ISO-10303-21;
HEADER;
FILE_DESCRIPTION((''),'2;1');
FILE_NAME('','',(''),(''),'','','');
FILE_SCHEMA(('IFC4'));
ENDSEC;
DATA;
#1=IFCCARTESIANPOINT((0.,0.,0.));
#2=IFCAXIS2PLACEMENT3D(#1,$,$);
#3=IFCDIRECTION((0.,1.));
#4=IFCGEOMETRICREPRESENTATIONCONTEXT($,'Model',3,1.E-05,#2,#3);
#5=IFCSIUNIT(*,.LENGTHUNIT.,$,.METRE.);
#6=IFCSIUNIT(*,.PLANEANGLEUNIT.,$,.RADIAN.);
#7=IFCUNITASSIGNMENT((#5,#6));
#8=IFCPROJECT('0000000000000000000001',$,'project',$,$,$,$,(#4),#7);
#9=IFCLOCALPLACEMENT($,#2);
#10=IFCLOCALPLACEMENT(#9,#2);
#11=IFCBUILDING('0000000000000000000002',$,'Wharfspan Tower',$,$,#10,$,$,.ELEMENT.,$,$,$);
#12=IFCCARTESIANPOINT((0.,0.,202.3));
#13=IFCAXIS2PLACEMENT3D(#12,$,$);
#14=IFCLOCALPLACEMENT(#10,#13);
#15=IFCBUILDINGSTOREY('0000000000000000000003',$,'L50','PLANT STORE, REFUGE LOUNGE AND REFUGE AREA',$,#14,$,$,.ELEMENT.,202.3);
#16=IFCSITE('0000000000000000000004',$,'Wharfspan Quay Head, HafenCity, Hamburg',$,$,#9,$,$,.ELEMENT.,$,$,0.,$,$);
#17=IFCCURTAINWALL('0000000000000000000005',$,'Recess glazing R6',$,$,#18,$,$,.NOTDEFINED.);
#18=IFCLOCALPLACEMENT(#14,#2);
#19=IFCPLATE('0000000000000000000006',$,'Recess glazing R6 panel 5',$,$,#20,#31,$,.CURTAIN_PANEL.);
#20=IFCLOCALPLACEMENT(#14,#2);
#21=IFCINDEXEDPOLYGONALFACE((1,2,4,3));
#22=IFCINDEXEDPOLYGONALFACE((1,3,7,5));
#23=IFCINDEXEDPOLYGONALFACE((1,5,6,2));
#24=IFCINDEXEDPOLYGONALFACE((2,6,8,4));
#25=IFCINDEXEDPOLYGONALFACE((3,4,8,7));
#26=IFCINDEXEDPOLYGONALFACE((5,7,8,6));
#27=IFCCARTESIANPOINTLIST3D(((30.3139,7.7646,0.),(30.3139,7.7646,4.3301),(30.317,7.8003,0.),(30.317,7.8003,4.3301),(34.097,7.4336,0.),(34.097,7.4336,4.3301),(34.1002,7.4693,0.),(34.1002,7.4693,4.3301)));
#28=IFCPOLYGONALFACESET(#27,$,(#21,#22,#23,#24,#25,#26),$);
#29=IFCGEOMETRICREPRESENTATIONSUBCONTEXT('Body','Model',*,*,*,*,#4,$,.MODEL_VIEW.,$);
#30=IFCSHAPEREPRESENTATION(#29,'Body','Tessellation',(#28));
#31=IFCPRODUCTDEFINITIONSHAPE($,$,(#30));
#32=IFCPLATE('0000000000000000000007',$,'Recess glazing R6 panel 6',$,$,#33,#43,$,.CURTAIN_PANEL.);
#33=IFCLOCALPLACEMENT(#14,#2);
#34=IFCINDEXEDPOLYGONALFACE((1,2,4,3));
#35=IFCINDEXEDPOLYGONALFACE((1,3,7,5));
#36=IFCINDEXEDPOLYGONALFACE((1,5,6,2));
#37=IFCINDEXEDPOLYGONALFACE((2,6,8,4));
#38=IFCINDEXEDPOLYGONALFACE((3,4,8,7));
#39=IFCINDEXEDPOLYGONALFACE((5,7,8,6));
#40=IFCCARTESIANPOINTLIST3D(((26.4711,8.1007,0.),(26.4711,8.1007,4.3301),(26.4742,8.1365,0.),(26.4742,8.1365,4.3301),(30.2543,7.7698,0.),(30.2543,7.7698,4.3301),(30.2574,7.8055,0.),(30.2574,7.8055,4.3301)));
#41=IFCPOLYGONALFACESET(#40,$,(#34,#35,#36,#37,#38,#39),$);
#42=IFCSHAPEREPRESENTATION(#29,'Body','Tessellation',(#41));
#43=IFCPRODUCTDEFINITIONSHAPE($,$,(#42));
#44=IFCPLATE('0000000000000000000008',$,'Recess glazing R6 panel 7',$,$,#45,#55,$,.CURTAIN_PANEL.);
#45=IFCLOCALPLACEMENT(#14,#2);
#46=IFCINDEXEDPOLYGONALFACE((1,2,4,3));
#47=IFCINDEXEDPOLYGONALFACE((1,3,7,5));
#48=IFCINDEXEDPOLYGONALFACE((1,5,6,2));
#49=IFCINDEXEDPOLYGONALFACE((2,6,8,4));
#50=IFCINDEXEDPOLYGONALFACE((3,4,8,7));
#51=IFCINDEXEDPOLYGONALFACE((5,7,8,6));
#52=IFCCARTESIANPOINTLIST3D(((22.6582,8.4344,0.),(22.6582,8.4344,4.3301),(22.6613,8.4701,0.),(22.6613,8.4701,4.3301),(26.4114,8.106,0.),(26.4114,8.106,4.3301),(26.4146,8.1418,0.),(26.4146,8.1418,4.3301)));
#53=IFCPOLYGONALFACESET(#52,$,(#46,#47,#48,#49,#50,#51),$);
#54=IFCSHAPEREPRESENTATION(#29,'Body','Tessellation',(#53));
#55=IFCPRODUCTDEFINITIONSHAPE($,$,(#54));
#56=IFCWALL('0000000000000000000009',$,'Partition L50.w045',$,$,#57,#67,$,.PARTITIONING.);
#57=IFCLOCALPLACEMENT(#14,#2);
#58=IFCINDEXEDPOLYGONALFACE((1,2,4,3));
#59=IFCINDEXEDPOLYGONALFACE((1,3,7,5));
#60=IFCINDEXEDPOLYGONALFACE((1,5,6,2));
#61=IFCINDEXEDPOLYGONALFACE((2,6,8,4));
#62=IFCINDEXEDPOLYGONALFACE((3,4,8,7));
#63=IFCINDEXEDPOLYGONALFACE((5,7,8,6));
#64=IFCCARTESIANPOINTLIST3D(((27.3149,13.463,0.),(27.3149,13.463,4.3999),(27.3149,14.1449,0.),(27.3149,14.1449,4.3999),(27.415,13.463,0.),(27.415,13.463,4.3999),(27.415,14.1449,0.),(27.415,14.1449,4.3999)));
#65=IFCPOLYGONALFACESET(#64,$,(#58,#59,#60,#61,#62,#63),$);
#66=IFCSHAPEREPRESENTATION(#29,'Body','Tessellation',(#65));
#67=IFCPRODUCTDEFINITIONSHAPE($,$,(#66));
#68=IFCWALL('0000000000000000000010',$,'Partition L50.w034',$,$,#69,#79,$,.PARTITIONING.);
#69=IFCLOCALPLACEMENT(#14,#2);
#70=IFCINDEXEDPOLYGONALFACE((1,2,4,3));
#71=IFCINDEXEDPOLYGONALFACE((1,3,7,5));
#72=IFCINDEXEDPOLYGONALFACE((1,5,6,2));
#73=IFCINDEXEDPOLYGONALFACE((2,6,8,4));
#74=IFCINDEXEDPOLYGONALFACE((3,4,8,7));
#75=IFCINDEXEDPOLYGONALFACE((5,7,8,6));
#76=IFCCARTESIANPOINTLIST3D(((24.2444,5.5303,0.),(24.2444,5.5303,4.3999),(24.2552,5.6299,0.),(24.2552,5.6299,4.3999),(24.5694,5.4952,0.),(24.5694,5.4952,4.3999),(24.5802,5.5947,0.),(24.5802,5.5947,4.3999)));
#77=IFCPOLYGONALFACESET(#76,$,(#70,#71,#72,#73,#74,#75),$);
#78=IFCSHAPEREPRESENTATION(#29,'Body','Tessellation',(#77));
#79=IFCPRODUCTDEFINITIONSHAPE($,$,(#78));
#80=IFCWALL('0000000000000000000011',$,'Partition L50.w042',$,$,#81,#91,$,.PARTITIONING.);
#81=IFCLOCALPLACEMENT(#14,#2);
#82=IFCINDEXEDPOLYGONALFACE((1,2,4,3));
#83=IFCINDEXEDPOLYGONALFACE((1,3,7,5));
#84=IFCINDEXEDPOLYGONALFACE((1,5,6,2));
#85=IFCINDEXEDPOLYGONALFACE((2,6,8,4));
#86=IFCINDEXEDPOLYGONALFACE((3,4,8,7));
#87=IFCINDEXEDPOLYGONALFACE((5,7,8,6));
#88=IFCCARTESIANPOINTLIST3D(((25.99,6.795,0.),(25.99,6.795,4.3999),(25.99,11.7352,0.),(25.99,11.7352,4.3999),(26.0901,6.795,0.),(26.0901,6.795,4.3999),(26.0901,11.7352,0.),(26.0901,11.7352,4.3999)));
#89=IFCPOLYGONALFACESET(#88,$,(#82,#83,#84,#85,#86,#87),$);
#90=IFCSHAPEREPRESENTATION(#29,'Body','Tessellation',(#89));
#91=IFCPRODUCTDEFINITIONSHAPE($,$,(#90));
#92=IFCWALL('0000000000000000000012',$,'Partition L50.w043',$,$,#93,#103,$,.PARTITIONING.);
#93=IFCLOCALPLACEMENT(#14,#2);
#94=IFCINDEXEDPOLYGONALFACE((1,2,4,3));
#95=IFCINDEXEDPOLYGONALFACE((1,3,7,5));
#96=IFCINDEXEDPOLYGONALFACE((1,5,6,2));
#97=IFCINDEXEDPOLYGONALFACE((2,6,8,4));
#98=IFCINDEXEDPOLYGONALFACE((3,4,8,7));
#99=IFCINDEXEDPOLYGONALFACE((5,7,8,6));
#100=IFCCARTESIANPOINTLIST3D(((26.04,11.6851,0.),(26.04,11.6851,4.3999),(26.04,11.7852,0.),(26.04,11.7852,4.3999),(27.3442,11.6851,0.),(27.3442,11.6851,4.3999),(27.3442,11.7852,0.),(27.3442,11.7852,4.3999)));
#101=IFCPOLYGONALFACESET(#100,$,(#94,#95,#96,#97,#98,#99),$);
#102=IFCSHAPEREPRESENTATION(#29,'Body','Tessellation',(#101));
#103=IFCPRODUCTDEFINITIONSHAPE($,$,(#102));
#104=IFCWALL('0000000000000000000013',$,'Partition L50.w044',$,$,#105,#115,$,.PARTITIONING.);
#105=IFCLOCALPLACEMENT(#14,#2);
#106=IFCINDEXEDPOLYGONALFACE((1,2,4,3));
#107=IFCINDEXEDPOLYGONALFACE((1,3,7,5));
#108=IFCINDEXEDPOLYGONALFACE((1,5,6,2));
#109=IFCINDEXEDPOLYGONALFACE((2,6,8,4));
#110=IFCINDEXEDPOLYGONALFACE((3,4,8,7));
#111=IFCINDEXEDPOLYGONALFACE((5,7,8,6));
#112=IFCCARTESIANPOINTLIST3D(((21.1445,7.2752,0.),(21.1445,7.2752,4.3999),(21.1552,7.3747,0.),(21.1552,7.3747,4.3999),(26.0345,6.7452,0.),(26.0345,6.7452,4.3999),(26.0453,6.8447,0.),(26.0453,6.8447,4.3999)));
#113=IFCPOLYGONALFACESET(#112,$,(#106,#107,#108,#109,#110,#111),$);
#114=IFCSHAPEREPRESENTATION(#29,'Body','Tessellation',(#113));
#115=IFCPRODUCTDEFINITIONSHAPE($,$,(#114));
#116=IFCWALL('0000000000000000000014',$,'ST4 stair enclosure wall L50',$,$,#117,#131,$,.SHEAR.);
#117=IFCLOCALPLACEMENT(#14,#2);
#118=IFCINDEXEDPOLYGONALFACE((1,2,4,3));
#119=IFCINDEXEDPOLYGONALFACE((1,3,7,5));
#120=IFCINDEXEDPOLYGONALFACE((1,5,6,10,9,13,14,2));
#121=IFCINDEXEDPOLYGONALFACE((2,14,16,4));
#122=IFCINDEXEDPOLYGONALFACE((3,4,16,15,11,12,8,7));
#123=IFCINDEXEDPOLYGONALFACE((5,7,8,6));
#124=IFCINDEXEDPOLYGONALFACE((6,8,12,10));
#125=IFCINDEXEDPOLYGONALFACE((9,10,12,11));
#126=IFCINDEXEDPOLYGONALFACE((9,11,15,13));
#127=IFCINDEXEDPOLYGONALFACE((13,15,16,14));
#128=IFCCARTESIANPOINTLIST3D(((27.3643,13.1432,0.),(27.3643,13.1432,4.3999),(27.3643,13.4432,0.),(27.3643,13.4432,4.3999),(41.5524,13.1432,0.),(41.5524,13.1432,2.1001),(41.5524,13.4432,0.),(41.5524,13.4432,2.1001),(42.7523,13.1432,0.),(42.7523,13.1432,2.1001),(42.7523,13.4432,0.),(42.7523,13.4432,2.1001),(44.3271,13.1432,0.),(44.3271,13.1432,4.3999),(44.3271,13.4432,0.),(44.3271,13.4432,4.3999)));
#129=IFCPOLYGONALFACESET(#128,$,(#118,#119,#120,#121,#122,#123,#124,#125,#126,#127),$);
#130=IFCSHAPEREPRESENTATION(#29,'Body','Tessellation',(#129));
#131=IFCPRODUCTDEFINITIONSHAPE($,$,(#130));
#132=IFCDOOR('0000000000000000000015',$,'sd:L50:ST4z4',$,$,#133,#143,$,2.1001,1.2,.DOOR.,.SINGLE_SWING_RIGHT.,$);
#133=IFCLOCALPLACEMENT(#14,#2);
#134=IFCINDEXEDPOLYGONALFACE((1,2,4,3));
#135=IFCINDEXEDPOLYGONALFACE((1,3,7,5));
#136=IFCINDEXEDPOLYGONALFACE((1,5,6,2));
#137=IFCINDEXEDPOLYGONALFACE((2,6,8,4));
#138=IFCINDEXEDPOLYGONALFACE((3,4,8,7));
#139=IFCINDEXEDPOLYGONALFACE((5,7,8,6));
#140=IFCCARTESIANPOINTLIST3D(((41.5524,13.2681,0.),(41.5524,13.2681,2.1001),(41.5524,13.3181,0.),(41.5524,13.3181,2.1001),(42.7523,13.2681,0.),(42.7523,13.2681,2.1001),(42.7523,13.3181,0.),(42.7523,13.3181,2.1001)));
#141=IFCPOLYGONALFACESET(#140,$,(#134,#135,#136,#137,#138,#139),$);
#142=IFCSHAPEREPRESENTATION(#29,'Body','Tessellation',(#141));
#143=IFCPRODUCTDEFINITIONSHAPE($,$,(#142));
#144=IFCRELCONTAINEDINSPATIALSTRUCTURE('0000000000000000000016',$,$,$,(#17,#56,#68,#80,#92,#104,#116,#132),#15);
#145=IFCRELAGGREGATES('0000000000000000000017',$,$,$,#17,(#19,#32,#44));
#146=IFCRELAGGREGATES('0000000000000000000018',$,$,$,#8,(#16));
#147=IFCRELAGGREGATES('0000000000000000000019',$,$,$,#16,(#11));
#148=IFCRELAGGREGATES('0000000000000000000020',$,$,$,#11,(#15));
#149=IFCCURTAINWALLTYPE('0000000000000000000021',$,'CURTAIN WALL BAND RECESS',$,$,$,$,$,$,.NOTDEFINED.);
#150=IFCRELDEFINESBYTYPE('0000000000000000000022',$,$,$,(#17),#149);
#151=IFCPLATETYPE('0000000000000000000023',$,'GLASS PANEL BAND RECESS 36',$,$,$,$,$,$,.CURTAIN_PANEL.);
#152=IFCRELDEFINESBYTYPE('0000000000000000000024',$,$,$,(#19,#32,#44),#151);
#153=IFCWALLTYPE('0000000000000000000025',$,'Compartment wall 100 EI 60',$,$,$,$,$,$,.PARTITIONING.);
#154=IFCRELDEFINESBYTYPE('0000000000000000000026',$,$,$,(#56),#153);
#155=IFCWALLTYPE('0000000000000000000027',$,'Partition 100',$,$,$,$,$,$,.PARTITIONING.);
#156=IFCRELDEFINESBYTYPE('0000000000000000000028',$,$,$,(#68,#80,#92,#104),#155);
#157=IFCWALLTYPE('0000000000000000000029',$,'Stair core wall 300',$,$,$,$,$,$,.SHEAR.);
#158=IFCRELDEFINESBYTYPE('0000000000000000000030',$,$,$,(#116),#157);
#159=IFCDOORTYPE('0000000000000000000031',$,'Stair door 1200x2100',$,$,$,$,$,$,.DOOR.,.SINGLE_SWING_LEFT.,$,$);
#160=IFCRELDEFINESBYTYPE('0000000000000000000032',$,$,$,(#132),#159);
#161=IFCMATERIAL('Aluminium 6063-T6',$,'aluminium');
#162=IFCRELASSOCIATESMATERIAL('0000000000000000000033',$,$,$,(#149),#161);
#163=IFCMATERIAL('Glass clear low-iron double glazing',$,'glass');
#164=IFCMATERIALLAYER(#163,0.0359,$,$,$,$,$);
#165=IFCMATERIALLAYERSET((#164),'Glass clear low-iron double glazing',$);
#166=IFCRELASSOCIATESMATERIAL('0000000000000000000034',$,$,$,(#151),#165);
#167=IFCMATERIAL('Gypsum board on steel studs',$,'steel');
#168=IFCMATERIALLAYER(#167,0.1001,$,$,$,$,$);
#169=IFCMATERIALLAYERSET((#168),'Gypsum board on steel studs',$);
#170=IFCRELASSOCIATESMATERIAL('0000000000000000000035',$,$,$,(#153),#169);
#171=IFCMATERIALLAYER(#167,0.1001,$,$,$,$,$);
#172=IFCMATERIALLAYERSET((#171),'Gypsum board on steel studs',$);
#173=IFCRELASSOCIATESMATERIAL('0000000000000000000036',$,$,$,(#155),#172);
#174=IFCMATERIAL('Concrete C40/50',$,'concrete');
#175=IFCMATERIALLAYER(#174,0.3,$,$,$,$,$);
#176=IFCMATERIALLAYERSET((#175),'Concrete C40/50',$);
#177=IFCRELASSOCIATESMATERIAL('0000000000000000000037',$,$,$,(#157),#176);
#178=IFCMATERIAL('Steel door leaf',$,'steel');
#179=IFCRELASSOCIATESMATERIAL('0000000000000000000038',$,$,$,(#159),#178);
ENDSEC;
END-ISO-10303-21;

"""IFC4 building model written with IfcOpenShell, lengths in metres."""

from ifc_helpers import new_model, si_unit, direction, frame, frame_2d, origin, origin_2d, place, context, subcontext, project, spatial, rectangle, extrude, material, layer, layer_set, type_object, element, fill, aggregate, save


model = new_model("IFC4")

# Units and contexts
model_context = context("Model", 3, precision=1e-05, world=origin(), true_north=direction((0.0, 1.0)))
body_context = subcontext(model_context, "Body", "Model", "MODEL_VIEW")
ifc_project = project(units=[si_unit("LENGTHUNIT", "METRE"), si_unit("PLANEANGLEUNIT", "RADIAN")], contexts=[model_context])

# Site, building, storey
site_placement = place(None, origin())
site = spatial("IfcSite", under=ifc_project, at=site_placement, Name="Wharfspan Quay Head, HafenCity, Hamburg", CompositionType="ELEMENT", RefElevation=0.0)
building_placement = place(site_placement, origin())
building = spatial("IfcBuilding", under=site, at=building_placement, Name="Wharfspan Tower", CompositionType="ELEMENT")
storey_placement = place(building_placement, frame((0.0, 0.0, 202.3)))
storey = spatial("IfcBuildingStorey", under=building, at=storey_placement, Name="L50", Description="PLANT STORE, REFUGE LOUNGE AND REFUGE AREA", CompositionType="ELEMENT", Elevation=202.3)

# Curtain wall
ifc_material_1 = material(Name="Aluminium 6063-T6", Category="aluminium")
curtain_wall_type = type_object("IfcCurtainWallType", Name="CURTAIN WALL BAND RECESS", PredefinedType="NOTDEFINED", material=ifc_material_1)
curtain_wall_placement = place(storey_placement, origin())
curtain_wall = element("IfcCurtainWall", 1, at=curtain_wall_placement, inside=storey, type_object=curtain_wall_type, Name="Recess glazing R6", PredefinedType="NOTDEFINED")

# Plates
ifc_material_2 = material(Name="Glass clear low-iron double glazing", Category="glass")
ifc_layer_1 = layer(ifc_material_2, 0.0359)
ifc_layer_set_1 = layer_set([ifc_layer_1], Name="Glass clear low-iron double glazing")
plate_type = type_object("IfcPlateType", Name="GLASS PANEL BAND RECESS 36", PredefinedType="CURTAIN_PANEL", material=ifc_layer_set_1)
plate_1_placement = place(storey_placement, frame((32.207, 7.6169, 0.0), z_axis=(0.0, 0.0, 1.0), x_axis=(-0.996198, 0.087156, 0.0)))
plate_1 = element("IfcPlate", 2, at=plate_1_placement, type_object=plate_type, Name="Recess glazing R6 panel 5", PredefinedType="CURTAIN_PANEL", context=body_context, shape_type="SweptSolid", body=[
    extrude(rectangle(XDim=3.7976, YDim=0.0359, at=origin_2d()), origin(), (0.0, 0.0, 1.0), 4.3301),
])
plate_2_placement = place(storey_placement, frame((28.3643, 7.9531, 0.0), z_axis=(0.0, 0.0, 1.0), x_axis=(-0.996198, 0.087156, 0.0)))
plate_2 = element("IfcPlate", 3, at=plate_2_placement, type_object=plate_type, Name="Recess glazing R6 panel 6", PredefinedType="CURTAIN_PANEL", context=body_context, shape_type="SweptSolid", body=[
    extrude(rectangle(XDim=3.7976, YDim=0.0359, at=origin_2d()), origin(), (0.0, 0.0, 1.0), 4.3301),
])
plate_3_placement = place(storey_placement, frame((24.5364, 8.2881, 0.0), z_axis=(0.0, 0.0, 1.0), x_axis=(-0.996198, 0.087156, 0.0)))
plate_3 = element("IfcPlate", 4, at=plate_3_placement, type_object=plate_type, Name="Recess glazing R6 panel 7", PredefinedType="CURTAIN_PANEL", context=body_context, shape_type="SweptSolid", body=[
    extrude(rectangle(XDim=3.7676, YDim=0.0359, at=origin_2d()), origin(), (0.0, 0.0, 1.0), 4.3301),
])
aggregate(curtain_wall, [plate_1, plate_2, plate_3])

# Walls
ifc_material_3 = material(Name="Gypsum board on steel studs", Category="steel")
ifc_layer_2 = layer(ifc_material_3, 0.1001)
ifc_layer_set_2 = layer_set([ifc_layer_2], Name="Gypsum board on steel studs")
wall_type_1 = type_object("IfcWallType", Name="Compartment wall 100 EI 60", PredefinedType="PARTITIONING", material=ifc_layer_set_2)
wall_1_placement = place(storey_placement, frame((27.365, 13.4631, 0.0), z_axis=(0.0, 0.0, 1.0), x_axis=(0.0, 1.0, 0.0)))
element("IfcWall", 5, at=wall_1_placement, inside=storey, type_object=wall_type_1, Name="Partition L50.w045", PredefinedType="PARTITIONING", context=body_context, shape_type="SweptSolid", body=[
    extrude(rectangle(XDim=0.6819, YDim=0.1001, at=frame_2d((0.3408, 0.0))), origin(), (0.0, 0.0, 1.0), 4.3999),
])
ifc_layer_3 = layer(ifc_material_3, 0.1001)
ifc_layer_set_3 = layer_set([ifc_layer_3], Name="Gypsum board on steel studs")
wall_type_2 = type_object("IfcWallType", Name="Partition 100", PredefinedType="PARTITIONING", material=ifc_layer_set_3)
wall_2_placement = place(storey_placement, frame((24.575, 5.5449, 0.0), z_axis=(0.0, 0.0, 1.0), x_axis=(-0.994202, 0.107562, 0.0)))
element("IfcWall", 6, at=wall_2_placement, inside=storey, type_object=wall_type_2, Name="Partition L50.w034", PredefinedType="PARTITIONING", context=body_context, shape_type="SweptSolid", body=[
    extrude(rectangle(XDim=0.3269, YDim=0.1001, at=frame_2d((0.1636, 0.0))), origin(), (0.0, 0.0, 1.0), 4.3999),
])
wall_3_placement = place(storey_placement, frame((26.04, 6.7949, 0.0), z_axis=(0.0, 0.0, 1.0), x_axis=(0.0, 1.0, 0.0)))
element("IfcWall", 7, at=wall_3_placement, inside=storey, type_object=wall_type_2, Name="Partition L50.w042", PredefinedType="PARTITIONING", context=body_context, shape_type="SweptSolid", body=[
    extrude(rectangle(XDim=4.9402, YDim=0.1001, at=frame_2d((2.4702, 0.0))), origin(), (0.0, 0.0, 1.0), 4.3999),
])
wall_4_placement = place(storey_placement, frame((26.04, 11.7351, 0.0), z_axis=(0.0, 0.0, 1.0), x_axis=(1.0, 0.0, 0.0)))
element("IfcWall", 8, at=wall_4_placement, inside=storey, type_object=wall_type_2, Name="Partition L50.w043", PredefinedType="PARTITIONING", context=body_context, shape_type="SweptSolid", body=[
    extrude(rectangle(XDim=1.3042, YDim=0.1001, at=frame_2d((0.6521, 0.0))), origin(), (0.0, 0.0, 1.0), 4.3999),
])
wall_5_placement = place(storey_placement, frame((26.04, 6.7949, 0.0), z_axis=(0.0, 0.0, 1.0), x_axis=(-0.994174, 0.107756, 0.0)))
element("IfcWall", 9, at=wall_5_placement, inside=storey, type_object=wall_type_2, Name="Partition L50.w044", PredefinedType="PARTITIONING", context=body_context, shape_type="SweptSolid", body=[
    extrude(rectangle(XDim=4.9187, YDim=0.1001, at=frame_2d((2.4595, 0.0))), origin(), (0.0, 0.0, 1.0), 4.3999),
])

# Wall, opening, door
ifc_material_4 = material(Name="Concrete C40/50", Category="concrete")
ifc_layer_4 = layer(ifc_material_4, 0.3)
ifc_layer_set_4 = layer_set([ifc_layer_4], Name="Concrete C40/50")
wall_type_3 = type_object("IfcWallType", Name="Stair core wall 300", PredefinedType="SHEAR", material=ifc_layer_set_4)
wall_6_placement = place(storey_placement, frame((27.3643, 13.2932, 0.0), z_axis=(0.0, 0.0, 1.0), x_axis=(1.0, 0.0, 0.0)))
wall_6 = element("IfcWall", 10, at=wall_6_placement, inside=storey, type_object=wall_type_3, Name="ST4 stair enclosure wall L50", PredefinedType="SHEAR", context=body_context, shape_type="SweptSolid", body=[
    extrude(rectangle(XDim=16.9629, YDim=0.3, at=frame_2d((8.4814, 0.0))), origin(), (0.0, 0.0, 1.0), 4.3999),
])
opening_placement = place(wall_6_placement, frame((14.188, 0.0, 0.0)))
opening = element("IfcOpeningElement", 11, at=opening_placement, cuts=wall_6, PredefinedType="OPENING", context=body_context, shape_type="SweptSolid", body=[
    extrude(rectangle(XDim=1.2, YDim=2.1001, at=frame_2d((0.6001, 1.05))), frame((0.0, 0.1599, 0.0), z_axis=(0.0, -1.0, 0.0), x_axis=(1.0, 0.0, 0.0)), (0.0, 0.0, 1.0), 0.3201),
])
ifc_material_5 = material(Name="Steel door leaf", Category="steel")
door_type = type_object("IfcDoorType", Name="Stair door 1200x2100", OperationType="SINGLE_SWING_LEFT", PredefinedType="DOOR", material=ifc_material_5)
door_placement = place(opening_placement, origin())
door = element("IfcDoor", 12, at=door_placement, inside=storey, type_object=door_type, Name="sd:L50:ST4z4", OperationType="SINGLE_SWING_RIGHT", OverallHeight=2.1001, OverallWidth=1.2, PredefinedType="DOOR", context=body_context, shape_type="SweptSolid", body=[
    extrude(rectangle(XDim=1.2, YDim=2.1001, at=frame_2d((0.6001, 1.05))), frame((0.0, 0.0249, 0.0), z_axis=(0.0, -1.0, 0.0), x_axis=(1.0, 0.0, 0.0)), (0.0, 0.0, 1.0), 0.05),
])
fill(opening, door)

save(model, "model.ifc")
